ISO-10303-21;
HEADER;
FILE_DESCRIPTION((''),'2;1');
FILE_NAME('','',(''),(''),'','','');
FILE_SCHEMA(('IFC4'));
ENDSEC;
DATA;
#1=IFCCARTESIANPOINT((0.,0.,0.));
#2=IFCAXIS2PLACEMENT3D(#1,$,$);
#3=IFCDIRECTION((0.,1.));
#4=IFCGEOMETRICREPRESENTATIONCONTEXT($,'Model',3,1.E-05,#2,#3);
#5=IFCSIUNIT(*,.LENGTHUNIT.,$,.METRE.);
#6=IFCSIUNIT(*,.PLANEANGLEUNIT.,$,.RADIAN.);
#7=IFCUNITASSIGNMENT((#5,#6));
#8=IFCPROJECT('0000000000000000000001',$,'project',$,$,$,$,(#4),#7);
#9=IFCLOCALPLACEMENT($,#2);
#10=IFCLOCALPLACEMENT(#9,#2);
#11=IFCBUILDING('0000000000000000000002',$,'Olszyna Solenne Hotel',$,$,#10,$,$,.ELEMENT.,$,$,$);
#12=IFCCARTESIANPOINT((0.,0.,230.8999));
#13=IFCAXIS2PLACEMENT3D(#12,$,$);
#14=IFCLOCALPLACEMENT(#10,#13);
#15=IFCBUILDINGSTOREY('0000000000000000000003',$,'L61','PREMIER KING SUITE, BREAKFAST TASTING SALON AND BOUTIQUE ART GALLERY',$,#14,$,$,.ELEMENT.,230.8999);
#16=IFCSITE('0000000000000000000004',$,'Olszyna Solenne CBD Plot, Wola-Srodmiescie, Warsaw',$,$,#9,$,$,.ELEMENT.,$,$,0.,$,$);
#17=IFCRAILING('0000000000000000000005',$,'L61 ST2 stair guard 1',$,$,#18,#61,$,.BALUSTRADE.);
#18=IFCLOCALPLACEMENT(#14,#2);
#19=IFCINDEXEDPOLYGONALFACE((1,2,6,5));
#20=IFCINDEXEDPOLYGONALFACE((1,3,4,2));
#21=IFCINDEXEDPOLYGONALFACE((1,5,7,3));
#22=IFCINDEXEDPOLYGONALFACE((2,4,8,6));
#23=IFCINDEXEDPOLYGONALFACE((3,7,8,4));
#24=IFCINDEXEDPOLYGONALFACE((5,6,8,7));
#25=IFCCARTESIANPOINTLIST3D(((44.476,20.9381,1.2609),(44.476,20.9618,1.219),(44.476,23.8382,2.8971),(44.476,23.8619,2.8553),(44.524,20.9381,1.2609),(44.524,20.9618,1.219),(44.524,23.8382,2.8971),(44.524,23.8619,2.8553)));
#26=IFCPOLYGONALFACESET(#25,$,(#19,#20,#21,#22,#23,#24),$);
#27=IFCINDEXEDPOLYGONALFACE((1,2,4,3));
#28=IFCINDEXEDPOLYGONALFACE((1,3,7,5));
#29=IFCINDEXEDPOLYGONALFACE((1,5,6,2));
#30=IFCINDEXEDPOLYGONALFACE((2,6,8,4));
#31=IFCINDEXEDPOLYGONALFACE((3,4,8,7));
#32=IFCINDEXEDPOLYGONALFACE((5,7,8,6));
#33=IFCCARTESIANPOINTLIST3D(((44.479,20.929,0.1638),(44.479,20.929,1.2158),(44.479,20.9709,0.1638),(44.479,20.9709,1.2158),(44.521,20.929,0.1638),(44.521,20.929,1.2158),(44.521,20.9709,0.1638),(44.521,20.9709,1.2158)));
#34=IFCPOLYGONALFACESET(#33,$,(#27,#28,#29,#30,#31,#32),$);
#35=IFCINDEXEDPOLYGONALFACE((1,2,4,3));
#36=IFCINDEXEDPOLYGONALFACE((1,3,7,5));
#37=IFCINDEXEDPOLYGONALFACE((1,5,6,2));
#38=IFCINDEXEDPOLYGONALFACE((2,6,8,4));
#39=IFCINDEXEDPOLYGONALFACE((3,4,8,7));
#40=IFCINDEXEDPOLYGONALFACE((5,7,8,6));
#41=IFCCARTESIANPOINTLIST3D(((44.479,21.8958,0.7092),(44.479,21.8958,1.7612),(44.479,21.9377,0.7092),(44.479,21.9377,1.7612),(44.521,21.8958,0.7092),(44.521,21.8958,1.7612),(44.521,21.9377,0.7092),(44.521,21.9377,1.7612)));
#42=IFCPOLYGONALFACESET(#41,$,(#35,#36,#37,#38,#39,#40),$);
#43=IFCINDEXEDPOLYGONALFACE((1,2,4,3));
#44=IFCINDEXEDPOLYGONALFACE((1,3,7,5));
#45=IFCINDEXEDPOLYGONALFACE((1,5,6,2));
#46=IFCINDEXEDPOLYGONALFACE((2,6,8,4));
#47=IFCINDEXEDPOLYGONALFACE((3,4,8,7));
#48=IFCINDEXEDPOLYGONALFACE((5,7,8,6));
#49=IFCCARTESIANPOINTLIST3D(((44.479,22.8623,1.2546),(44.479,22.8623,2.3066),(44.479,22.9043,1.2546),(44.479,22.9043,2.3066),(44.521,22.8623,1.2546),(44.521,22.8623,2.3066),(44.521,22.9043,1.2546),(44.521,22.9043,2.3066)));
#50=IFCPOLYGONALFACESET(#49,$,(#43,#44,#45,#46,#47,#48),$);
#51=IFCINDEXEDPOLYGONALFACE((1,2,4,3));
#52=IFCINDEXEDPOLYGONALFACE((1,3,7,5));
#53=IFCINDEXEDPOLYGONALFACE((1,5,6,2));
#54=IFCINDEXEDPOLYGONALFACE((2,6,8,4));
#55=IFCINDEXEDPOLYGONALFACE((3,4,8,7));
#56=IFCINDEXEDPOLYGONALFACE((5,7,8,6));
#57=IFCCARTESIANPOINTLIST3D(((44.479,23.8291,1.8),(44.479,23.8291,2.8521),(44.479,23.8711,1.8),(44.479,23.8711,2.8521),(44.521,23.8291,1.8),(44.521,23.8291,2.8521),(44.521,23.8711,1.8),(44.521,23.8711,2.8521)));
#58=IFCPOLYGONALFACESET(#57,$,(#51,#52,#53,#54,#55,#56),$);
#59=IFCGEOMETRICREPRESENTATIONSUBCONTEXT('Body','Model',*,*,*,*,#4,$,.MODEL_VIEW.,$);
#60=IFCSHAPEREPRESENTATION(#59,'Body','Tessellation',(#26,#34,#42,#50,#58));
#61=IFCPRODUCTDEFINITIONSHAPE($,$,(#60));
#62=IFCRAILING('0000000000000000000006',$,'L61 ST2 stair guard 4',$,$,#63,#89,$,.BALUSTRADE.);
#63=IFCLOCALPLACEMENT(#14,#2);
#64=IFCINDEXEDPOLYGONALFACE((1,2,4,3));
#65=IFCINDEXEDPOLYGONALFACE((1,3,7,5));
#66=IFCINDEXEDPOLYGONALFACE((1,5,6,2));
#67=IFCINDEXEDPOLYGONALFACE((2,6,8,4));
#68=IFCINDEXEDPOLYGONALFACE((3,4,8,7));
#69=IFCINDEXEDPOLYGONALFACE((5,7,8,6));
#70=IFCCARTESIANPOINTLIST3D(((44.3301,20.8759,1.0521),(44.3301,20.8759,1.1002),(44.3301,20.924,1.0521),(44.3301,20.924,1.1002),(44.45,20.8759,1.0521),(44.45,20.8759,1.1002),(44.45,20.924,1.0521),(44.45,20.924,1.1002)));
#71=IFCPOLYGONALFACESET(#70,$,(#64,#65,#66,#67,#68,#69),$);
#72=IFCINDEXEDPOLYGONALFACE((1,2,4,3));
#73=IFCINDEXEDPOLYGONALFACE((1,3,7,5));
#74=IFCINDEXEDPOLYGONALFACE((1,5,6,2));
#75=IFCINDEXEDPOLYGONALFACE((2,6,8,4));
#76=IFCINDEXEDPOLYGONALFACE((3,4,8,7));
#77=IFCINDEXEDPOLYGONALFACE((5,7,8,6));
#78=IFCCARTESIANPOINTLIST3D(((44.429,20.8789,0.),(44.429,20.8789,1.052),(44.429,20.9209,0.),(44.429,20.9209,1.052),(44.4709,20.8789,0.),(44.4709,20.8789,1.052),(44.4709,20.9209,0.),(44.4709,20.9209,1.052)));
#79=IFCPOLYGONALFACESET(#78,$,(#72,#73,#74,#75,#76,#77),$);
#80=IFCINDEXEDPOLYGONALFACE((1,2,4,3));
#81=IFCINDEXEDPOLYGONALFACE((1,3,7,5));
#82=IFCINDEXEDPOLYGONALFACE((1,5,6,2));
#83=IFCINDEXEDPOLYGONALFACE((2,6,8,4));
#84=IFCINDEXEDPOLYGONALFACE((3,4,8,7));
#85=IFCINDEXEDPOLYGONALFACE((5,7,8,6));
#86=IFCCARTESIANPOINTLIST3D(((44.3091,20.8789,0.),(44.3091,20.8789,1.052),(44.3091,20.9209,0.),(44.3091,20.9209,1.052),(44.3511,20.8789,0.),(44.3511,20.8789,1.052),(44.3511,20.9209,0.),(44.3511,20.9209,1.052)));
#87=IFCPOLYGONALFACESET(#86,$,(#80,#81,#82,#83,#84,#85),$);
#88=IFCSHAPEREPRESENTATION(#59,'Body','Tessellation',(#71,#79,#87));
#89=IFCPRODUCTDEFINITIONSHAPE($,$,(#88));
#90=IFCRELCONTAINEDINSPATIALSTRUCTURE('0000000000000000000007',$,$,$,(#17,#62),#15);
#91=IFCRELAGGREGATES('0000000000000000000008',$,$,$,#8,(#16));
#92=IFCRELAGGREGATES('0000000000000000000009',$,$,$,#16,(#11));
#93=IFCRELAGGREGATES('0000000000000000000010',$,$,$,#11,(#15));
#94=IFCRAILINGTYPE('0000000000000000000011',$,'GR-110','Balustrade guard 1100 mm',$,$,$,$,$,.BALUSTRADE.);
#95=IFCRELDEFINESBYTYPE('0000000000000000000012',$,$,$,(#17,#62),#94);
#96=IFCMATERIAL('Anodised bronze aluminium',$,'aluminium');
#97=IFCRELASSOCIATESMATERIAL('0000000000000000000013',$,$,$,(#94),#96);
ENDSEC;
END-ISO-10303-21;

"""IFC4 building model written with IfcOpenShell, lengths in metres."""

from ifc_helpers import new_model, si_unit, direction, frame, origin, origin_2d, place, context, subcontext, project, spatial, rectangle, extrude, material, type_object, element, save


model = new_model("IFC4")

# Units and contexts
model_context = context("Model", 3, precision=1e-05, world=origin(), true_north=direction((0.0, 1.0)))
body_context = subcontext(model_context, "Body", "Model", "MODEL_VIEW")
ifc_project = project(units=[si_unit("LENGTHUNIT", "METRE"), si_unit("PLANEANGLEUNIT", "RADIAN")], contexts=[model_context])

# Site, building, storey
site_placement = place(None, origin())
site = spatial("IfcSite", under=ifc_project, at=site_placement, Name="Olszyna Solenne CBD Plot, Wola-Srodmiescie, Warsaw", CompositionType="ELEMENT", RefElevation=0.0)
building_placement = place(site_placement, origin())
building = spatial("IfcBuilding", under=site, at=building_placement, Name="Olszyna Solenne Hotel", CompositionType="ELEMENT")
storey_placement = place(building_placement, frame((0.0, 0.0, 230.8999)))
storey = spatial("IfcBuildingStorey", under=building, at=storey_placement, Name="L61", Description="PREMIER KING SUITE, BREAKFAST TASTING SALON AND BOUTIQUE ART GALLERY", CompositionType="ELEMENT", Elevation=230.8999)

# Shared definitions
ifc_material_1 = material(Name="Anodised bronze aluminium", Category="aluminium")

# Railings
railing_type = type_object("IfcRailingType", Name="GR-110", Description="Balustrade guard 1100 mm", PredefinedType="BALUSTRADE", material=ifc_material_1)
railing_1_placement = place(storey_placement, frame((44.5, 20.95, 0.1638)))
element("IfcRailing", 1, at=railing_1_placement, inside=storey, type_object=railing_type, Name="L61 ST2 stair guard 1", PredefinedType="BALUSTRADE", context=body_context, shape_type="SweptSolid", body=[
    extrude(rectangle(XDim=0.0481, YDim=0.0481, at=origin_2d()), frame((0.0, 0.0, 1.0762), z_axis=(0.0, 0.870946, 0.491378), x_axis=(-1.0, 0.0, 0.0)), (0.0, 0.0, 1.0), 3.3298),
    extrude(rectangle(XDim=0.042, YDim=0.042, at=origin_2d()), origin(), (0.0, 0.0, 1.0), 1.052),
    extrude(rectangle(XDim=0.042, YDim=0.042, at=origin_2d()), frame((0.0, 0.9668, 0.5454)), (0.0, 0.0, 1.0), 1.052),
    extrude(rectangle(XDim=0.042, YDim=0.042, at=origin_2d()), frame((0.0, 1.9333, 1.0908)), (0.0, 0.0, 1.0), 1.052),
    extrude(rectangle(XDim=0.042, YDim=0.042, at=origin_2d()), frame((0.0, 2.9001, 1.6362)), (0.0, 0.0, 1.0), 1.052),
])
railing_2_placement = place(storey_placement, frame((44.45, 20.8999, 0.0)))
element("IfcRailing", 2, at=railing_2_placement, inside=storey, type_object=railing_type, Name="L61 ST2 stair guard 4", PredefinedType="BALUSTRADE", context=body_context, shape_type="SweptSolid", body=[
    extrude(rectangle(XDim=0.0481, YDim=0.0481, at=origin_2d()), frame((0.0, 0.0, 1.0762), z_axis=(-1.0, 0.0, 0.0), x_axis=(0.0, -1.0, 0.0)), (0.0, 0.0, 1.0), 0.1199),
    extrude(rectangle(XDim=0.042, YDim=0.042, at=origin_2d()), origin(), (0.0, 0.0, 1.0), 1.052),
    extrude(rectangle(XDim=0.042, YDim=0.042, at=origin_2d()), frame((-0.1199, 0.0, 0.0)), (0.0, 0.0, 1.0), 1.052),
])

save(model, "model.ifc")
